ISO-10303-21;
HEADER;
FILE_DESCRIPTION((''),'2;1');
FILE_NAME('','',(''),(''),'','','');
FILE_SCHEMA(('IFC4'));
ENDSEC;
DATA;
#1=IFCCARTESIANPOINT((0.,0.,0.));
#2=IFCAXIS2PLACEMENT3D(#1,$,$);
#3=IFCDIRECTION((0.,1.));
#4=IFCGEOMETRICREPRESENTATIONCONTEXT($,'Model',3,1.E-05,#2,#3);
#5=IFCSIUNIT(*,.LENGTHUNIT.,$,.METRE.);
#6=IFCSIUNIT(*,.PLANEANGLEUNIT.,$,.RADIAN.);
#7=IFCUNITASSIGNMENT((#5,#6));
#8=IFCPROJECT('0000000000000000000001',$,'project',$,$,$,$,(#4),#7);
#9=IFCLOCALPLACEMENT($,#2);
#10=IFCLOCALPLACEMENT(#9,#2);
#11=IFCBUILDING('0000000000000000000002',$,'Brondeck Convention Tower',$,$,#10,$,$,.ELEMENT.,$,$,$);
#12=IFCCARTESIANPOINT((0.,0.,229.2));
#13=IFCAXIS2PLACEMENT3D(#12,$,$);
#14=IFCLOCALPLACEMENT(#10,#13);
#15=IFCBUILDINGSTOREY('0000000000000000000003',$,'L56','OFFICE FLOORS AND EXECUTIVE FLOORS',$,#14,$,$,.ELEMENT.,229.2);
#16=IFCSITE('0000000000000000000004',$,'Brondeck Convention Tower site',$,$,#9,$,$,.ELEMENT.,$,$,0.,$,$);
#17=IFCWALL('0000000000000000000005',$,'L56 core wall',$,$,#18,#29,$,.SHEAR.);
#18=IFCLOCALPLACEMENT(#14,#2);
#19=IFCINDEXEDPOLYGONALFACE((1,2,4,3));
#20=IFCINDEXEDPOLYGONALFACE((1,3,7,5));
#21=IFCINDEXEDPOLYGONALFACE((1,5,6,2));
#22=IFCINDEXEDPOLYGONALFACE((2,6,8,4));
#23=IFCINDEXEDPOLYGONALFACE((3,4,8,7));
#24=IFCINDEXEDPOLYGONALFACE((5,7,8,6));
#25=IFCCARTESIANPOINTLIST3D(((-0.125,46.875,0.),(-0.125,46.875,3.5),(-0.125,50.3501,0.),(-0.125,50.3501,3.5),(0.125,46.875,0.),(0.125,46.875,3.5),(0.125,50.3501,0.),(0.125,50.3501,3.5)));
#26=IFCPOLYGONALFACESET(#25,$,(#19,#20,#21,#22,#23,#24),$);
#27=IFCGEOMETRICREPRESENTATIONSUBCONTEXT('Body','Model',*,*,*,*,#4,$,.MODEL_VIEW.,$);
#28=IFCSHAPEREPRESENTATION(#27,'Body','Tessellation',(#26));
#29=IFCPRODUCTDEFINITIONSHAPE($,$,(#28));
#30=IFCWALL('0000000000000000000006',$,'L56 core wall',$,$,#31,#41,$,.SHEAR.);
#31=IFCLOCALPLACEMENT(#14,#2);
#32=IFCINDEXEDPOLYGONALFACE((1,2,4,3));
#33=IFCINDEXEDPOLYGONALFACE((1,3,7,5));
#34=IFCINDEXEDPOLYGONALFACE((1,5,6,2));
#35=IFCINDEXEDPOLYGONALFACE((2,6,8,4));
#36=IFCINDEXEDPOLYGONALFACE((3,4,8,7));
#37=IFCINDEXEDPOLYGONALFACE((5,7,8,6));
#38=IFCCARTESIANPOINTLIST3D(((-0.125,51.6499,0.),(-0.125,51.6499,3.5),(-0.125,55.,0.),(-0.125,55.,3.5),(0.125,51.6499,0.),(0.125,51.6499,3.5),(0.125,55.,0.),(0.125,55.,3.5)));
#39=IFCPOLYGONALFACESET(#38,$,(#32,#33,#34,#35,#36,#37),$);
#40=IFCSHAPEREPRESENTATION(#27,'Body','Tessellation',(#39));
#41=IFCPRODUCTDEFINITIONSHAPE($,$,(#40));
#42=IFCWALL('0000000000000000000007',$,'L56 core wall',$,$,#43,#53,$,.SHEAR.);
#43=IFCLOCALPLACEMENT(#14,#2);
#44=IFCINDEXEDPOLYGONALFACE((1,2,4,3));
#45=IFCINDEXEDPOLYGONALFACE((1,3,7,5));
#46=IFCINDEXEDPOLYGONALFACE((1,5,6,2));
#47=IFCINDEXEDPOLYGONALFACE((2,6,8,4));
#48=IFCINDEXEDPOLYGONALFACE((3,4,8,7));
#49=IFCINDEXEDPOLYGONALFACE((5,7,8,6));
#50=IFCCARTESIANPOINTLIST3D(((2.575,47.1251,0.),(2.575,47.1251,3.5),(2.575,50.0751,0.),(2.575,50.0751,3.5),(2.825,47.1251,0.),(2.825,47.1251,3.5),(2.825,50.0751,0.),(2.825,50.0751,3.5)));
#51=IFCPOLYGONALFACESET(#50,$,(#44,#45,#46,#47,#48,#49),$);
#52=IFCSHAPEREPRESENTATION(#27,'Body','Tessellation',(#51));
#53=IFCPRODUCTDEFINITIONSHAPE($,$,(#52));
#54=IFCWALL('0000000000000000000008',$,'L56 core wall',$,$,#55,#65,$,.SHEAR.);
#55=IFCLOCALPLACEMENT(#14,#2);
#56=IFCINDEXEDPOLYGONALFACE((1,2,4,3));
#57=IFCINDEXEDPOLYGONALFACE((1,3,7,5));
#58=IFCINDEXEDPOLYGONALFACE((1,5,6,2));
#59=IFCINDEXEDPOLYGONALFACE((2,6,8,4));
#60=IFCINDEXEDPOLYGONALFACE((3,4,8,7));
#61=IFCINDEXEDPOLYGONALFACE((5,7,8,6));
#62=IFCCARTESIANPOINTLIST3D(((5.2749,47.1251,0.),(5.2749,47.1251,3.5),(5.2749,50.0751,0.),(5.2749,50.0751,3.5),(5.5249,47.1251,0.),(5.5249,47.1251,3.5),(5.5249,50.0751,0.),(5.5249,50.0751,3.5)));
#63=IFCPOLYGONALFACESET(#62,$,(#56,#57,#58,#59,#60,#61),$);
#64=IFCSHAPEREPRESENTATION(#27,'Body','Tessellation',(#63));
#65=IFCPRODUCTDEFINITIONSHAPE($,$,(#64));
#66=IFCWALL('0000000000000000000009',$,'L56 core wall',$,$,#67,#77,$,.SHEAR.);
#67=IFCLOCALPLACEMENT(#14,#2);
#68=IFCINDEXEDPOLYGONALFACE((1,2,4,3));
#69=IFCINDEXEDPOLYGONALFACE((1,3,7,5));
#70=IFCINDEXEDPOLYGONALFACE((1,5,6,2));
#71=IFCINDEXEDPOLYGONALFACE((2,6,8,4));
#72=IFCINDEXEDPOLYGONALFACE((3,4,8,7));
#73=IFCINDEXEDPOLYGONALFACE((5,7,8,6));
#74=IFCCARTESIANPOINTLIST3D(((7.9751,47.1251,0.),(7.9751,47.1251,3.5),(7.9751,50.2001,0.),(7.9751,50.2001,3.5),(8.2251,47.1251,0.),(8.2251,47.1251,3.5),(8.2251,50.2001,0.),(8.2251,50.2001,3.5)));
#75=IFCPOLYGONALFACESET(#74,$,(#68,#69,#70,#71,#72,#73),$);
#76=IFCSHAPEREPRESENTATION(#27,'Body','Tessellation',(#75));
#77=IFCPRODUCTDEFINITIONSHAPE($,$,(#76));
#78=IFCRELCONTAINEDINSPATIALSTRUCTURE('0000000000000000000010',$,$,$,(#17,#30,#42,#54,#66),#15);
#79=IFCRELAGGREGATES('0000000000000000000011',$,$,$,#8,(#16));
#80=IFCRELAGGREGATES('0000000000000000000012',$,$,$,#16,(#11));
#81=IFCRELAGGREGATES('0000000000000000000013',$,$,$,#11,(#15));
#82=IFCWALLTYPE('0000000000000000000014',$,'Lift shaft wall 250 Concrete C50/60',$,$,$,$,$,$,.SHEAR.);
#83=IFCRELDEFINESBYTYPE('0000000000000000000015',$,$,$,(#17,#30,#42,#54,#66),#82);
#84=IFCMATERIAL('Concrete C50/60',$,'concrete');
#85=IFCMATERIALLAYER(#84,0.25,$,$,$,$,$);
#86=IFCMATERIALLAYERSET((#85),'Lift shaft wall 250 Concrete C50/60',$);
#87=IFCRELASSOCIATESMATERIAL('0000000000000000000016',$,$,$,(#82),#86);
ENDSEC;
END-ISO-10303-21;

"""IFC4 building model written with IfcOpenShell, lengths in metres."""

from ifc_helpers import new_model, si_unit, direction, frame, frame_2d, origin, place, context, subcontext, project, spatial, rectangle, extrude, material, layer, layer_set, type_object, element, save


model = new_model("IFC4")

# Units and contexts
model_context = context("Model", 3, precision=1e-05, world=origin(), true_north=direction((0.0, 1.0)))
body_context = subcontext(model_context, "Body", "Model", "MODEL_VIEW")
ifc_project = project(units=[si_unit("LENGTHUNIT", "METRE"), si_unit("PLANEANGLEUNIT", "RADIAN")], contexts=[model_context])

# Site, building, storey
site_placement = place(None, origin())
site = spatial("IfcSite", under=ifc_project, at=site_placement, Name="Brondeck Convention Tower site", CompositionType="ELEMENT", RefElevation=0.0)
building_placement = place(site_placement, origin())
building = spatial("IfcBuilding", under=site, at=building_placement, Name="Brondeck Convention Tower", CompositionType="ELEMENT")
storey_placement = place(building_placement, frame((0.0, 0.0, 229.2)))
storey = spatial("IfcBuildingStorey", under=building, at=storey_placement, Name="L56", Description="OFFICE FLOORS AND EXECUTIVE FLOORS", CompositionType="ELEMENT", Elevation=229.2)

# Shared definitions
ifc_material_1 = material(Name="Concrete C50/60", Category="concrete")

# Shared definitions
ifc_layer_1 = layer(ifc_material_1, 0.25)
ifc_layer_set_1 = layer_set([ifc_layer_1], Name="Lift shaft wall 250 Concrete C50/60")
wall_type_1 = type_object("IfcWallType", Name="Lift shaft wall 250 Concrete C50/60", PredefinedType="SHEAR", material=ifc_layer_set_1)

# Walls
wall_1_placement = place(storey_placement, frame((0.0, 46.875, 0.0), z_axis=(0.0, 0.0, 1.0), x_axis=(0.0, 1.0, 0.0)))
element("IfcWall", 1, at=wall_1_placement, inside=storey, type_object=wall_type_1, Name="L56 core wall", PredefinedType="SHEAR", context=body_context, shape_type="SweptSolid", body=[
    extrude(rectangle(XDim=3.4751, YDim=0.25, at=frame_2d((1.7375, 0.0))), origin(), (0.0, 0.0, 1.0), 3.5),
])
wall_2_placement = place(storey_placement, frame((0.0, 51.6499, 0.0), z_axis=(0.0, 0.0, 1.0), x_axis=(0.0, 1.0, 0.0)))
element("IfcWall", 2, at=wall_2_placement, inside=storey, type_object=wall_type_1, Name="L56 core wall", PredefinedType="SHEAR", context=body_context, shape_type="SweptSolid", body=[
    extrude(rectangle(XDim=3.3501, YDim=0.25, at=frame_2d((1.675, 0.0))), origin(), (0.0, 0.0, 1.0), 3.5),
])
for number, where, z_axis, x_axis, name in (
    (3, (2.7, 47.125, 0.0), (0.0, 0.0, 1.0), (0.0, 1.0, 0.0), "L56 core wall"),
    (4, (5.3999, 47.125, 0.0), (0.0, 0.0, 1.0), (0.0, 1.0, 0.0), "L56 core wall"),
):
    element("IfcWall", number, at=place(storey_placement, frame(where, z_axis=z_axis, x_axis=x_axis)), inside=storey, type_object=wall_type_1, Name=name, PredefinedType="SHEAR", context=body_context, shape_type="SweptSolid", body=[
        extrude(rectangle(XDim=2.95, YDim=0.25, at=frame_2d((1.4751, 0.0))), origin(), (0.0, 0.0, 1.0), 3.5),
    ])
wall_3_placement = place(storey_placement, frame((8.1001, 47.125, 0.0), z_axis=(0.0, 0.0, 1.0), x_axis=(0.0, 1.0, 0.0)))
element("IfcWall", 5, at=wall_3_placement, inside=storey, type_object=wall_type_1, Name="L56 core wall", PredefinedType="SHEAR", context=body_context, shape_type="SweptSolid", body=[
    extrude(rectangle(XDim=3.075, YDim=0.25, at=frame_2d((1.5376, 0.0))), origin(), (0.0, 0.0, 1.0), 3.5),
])

save(model, "model.ifc")
